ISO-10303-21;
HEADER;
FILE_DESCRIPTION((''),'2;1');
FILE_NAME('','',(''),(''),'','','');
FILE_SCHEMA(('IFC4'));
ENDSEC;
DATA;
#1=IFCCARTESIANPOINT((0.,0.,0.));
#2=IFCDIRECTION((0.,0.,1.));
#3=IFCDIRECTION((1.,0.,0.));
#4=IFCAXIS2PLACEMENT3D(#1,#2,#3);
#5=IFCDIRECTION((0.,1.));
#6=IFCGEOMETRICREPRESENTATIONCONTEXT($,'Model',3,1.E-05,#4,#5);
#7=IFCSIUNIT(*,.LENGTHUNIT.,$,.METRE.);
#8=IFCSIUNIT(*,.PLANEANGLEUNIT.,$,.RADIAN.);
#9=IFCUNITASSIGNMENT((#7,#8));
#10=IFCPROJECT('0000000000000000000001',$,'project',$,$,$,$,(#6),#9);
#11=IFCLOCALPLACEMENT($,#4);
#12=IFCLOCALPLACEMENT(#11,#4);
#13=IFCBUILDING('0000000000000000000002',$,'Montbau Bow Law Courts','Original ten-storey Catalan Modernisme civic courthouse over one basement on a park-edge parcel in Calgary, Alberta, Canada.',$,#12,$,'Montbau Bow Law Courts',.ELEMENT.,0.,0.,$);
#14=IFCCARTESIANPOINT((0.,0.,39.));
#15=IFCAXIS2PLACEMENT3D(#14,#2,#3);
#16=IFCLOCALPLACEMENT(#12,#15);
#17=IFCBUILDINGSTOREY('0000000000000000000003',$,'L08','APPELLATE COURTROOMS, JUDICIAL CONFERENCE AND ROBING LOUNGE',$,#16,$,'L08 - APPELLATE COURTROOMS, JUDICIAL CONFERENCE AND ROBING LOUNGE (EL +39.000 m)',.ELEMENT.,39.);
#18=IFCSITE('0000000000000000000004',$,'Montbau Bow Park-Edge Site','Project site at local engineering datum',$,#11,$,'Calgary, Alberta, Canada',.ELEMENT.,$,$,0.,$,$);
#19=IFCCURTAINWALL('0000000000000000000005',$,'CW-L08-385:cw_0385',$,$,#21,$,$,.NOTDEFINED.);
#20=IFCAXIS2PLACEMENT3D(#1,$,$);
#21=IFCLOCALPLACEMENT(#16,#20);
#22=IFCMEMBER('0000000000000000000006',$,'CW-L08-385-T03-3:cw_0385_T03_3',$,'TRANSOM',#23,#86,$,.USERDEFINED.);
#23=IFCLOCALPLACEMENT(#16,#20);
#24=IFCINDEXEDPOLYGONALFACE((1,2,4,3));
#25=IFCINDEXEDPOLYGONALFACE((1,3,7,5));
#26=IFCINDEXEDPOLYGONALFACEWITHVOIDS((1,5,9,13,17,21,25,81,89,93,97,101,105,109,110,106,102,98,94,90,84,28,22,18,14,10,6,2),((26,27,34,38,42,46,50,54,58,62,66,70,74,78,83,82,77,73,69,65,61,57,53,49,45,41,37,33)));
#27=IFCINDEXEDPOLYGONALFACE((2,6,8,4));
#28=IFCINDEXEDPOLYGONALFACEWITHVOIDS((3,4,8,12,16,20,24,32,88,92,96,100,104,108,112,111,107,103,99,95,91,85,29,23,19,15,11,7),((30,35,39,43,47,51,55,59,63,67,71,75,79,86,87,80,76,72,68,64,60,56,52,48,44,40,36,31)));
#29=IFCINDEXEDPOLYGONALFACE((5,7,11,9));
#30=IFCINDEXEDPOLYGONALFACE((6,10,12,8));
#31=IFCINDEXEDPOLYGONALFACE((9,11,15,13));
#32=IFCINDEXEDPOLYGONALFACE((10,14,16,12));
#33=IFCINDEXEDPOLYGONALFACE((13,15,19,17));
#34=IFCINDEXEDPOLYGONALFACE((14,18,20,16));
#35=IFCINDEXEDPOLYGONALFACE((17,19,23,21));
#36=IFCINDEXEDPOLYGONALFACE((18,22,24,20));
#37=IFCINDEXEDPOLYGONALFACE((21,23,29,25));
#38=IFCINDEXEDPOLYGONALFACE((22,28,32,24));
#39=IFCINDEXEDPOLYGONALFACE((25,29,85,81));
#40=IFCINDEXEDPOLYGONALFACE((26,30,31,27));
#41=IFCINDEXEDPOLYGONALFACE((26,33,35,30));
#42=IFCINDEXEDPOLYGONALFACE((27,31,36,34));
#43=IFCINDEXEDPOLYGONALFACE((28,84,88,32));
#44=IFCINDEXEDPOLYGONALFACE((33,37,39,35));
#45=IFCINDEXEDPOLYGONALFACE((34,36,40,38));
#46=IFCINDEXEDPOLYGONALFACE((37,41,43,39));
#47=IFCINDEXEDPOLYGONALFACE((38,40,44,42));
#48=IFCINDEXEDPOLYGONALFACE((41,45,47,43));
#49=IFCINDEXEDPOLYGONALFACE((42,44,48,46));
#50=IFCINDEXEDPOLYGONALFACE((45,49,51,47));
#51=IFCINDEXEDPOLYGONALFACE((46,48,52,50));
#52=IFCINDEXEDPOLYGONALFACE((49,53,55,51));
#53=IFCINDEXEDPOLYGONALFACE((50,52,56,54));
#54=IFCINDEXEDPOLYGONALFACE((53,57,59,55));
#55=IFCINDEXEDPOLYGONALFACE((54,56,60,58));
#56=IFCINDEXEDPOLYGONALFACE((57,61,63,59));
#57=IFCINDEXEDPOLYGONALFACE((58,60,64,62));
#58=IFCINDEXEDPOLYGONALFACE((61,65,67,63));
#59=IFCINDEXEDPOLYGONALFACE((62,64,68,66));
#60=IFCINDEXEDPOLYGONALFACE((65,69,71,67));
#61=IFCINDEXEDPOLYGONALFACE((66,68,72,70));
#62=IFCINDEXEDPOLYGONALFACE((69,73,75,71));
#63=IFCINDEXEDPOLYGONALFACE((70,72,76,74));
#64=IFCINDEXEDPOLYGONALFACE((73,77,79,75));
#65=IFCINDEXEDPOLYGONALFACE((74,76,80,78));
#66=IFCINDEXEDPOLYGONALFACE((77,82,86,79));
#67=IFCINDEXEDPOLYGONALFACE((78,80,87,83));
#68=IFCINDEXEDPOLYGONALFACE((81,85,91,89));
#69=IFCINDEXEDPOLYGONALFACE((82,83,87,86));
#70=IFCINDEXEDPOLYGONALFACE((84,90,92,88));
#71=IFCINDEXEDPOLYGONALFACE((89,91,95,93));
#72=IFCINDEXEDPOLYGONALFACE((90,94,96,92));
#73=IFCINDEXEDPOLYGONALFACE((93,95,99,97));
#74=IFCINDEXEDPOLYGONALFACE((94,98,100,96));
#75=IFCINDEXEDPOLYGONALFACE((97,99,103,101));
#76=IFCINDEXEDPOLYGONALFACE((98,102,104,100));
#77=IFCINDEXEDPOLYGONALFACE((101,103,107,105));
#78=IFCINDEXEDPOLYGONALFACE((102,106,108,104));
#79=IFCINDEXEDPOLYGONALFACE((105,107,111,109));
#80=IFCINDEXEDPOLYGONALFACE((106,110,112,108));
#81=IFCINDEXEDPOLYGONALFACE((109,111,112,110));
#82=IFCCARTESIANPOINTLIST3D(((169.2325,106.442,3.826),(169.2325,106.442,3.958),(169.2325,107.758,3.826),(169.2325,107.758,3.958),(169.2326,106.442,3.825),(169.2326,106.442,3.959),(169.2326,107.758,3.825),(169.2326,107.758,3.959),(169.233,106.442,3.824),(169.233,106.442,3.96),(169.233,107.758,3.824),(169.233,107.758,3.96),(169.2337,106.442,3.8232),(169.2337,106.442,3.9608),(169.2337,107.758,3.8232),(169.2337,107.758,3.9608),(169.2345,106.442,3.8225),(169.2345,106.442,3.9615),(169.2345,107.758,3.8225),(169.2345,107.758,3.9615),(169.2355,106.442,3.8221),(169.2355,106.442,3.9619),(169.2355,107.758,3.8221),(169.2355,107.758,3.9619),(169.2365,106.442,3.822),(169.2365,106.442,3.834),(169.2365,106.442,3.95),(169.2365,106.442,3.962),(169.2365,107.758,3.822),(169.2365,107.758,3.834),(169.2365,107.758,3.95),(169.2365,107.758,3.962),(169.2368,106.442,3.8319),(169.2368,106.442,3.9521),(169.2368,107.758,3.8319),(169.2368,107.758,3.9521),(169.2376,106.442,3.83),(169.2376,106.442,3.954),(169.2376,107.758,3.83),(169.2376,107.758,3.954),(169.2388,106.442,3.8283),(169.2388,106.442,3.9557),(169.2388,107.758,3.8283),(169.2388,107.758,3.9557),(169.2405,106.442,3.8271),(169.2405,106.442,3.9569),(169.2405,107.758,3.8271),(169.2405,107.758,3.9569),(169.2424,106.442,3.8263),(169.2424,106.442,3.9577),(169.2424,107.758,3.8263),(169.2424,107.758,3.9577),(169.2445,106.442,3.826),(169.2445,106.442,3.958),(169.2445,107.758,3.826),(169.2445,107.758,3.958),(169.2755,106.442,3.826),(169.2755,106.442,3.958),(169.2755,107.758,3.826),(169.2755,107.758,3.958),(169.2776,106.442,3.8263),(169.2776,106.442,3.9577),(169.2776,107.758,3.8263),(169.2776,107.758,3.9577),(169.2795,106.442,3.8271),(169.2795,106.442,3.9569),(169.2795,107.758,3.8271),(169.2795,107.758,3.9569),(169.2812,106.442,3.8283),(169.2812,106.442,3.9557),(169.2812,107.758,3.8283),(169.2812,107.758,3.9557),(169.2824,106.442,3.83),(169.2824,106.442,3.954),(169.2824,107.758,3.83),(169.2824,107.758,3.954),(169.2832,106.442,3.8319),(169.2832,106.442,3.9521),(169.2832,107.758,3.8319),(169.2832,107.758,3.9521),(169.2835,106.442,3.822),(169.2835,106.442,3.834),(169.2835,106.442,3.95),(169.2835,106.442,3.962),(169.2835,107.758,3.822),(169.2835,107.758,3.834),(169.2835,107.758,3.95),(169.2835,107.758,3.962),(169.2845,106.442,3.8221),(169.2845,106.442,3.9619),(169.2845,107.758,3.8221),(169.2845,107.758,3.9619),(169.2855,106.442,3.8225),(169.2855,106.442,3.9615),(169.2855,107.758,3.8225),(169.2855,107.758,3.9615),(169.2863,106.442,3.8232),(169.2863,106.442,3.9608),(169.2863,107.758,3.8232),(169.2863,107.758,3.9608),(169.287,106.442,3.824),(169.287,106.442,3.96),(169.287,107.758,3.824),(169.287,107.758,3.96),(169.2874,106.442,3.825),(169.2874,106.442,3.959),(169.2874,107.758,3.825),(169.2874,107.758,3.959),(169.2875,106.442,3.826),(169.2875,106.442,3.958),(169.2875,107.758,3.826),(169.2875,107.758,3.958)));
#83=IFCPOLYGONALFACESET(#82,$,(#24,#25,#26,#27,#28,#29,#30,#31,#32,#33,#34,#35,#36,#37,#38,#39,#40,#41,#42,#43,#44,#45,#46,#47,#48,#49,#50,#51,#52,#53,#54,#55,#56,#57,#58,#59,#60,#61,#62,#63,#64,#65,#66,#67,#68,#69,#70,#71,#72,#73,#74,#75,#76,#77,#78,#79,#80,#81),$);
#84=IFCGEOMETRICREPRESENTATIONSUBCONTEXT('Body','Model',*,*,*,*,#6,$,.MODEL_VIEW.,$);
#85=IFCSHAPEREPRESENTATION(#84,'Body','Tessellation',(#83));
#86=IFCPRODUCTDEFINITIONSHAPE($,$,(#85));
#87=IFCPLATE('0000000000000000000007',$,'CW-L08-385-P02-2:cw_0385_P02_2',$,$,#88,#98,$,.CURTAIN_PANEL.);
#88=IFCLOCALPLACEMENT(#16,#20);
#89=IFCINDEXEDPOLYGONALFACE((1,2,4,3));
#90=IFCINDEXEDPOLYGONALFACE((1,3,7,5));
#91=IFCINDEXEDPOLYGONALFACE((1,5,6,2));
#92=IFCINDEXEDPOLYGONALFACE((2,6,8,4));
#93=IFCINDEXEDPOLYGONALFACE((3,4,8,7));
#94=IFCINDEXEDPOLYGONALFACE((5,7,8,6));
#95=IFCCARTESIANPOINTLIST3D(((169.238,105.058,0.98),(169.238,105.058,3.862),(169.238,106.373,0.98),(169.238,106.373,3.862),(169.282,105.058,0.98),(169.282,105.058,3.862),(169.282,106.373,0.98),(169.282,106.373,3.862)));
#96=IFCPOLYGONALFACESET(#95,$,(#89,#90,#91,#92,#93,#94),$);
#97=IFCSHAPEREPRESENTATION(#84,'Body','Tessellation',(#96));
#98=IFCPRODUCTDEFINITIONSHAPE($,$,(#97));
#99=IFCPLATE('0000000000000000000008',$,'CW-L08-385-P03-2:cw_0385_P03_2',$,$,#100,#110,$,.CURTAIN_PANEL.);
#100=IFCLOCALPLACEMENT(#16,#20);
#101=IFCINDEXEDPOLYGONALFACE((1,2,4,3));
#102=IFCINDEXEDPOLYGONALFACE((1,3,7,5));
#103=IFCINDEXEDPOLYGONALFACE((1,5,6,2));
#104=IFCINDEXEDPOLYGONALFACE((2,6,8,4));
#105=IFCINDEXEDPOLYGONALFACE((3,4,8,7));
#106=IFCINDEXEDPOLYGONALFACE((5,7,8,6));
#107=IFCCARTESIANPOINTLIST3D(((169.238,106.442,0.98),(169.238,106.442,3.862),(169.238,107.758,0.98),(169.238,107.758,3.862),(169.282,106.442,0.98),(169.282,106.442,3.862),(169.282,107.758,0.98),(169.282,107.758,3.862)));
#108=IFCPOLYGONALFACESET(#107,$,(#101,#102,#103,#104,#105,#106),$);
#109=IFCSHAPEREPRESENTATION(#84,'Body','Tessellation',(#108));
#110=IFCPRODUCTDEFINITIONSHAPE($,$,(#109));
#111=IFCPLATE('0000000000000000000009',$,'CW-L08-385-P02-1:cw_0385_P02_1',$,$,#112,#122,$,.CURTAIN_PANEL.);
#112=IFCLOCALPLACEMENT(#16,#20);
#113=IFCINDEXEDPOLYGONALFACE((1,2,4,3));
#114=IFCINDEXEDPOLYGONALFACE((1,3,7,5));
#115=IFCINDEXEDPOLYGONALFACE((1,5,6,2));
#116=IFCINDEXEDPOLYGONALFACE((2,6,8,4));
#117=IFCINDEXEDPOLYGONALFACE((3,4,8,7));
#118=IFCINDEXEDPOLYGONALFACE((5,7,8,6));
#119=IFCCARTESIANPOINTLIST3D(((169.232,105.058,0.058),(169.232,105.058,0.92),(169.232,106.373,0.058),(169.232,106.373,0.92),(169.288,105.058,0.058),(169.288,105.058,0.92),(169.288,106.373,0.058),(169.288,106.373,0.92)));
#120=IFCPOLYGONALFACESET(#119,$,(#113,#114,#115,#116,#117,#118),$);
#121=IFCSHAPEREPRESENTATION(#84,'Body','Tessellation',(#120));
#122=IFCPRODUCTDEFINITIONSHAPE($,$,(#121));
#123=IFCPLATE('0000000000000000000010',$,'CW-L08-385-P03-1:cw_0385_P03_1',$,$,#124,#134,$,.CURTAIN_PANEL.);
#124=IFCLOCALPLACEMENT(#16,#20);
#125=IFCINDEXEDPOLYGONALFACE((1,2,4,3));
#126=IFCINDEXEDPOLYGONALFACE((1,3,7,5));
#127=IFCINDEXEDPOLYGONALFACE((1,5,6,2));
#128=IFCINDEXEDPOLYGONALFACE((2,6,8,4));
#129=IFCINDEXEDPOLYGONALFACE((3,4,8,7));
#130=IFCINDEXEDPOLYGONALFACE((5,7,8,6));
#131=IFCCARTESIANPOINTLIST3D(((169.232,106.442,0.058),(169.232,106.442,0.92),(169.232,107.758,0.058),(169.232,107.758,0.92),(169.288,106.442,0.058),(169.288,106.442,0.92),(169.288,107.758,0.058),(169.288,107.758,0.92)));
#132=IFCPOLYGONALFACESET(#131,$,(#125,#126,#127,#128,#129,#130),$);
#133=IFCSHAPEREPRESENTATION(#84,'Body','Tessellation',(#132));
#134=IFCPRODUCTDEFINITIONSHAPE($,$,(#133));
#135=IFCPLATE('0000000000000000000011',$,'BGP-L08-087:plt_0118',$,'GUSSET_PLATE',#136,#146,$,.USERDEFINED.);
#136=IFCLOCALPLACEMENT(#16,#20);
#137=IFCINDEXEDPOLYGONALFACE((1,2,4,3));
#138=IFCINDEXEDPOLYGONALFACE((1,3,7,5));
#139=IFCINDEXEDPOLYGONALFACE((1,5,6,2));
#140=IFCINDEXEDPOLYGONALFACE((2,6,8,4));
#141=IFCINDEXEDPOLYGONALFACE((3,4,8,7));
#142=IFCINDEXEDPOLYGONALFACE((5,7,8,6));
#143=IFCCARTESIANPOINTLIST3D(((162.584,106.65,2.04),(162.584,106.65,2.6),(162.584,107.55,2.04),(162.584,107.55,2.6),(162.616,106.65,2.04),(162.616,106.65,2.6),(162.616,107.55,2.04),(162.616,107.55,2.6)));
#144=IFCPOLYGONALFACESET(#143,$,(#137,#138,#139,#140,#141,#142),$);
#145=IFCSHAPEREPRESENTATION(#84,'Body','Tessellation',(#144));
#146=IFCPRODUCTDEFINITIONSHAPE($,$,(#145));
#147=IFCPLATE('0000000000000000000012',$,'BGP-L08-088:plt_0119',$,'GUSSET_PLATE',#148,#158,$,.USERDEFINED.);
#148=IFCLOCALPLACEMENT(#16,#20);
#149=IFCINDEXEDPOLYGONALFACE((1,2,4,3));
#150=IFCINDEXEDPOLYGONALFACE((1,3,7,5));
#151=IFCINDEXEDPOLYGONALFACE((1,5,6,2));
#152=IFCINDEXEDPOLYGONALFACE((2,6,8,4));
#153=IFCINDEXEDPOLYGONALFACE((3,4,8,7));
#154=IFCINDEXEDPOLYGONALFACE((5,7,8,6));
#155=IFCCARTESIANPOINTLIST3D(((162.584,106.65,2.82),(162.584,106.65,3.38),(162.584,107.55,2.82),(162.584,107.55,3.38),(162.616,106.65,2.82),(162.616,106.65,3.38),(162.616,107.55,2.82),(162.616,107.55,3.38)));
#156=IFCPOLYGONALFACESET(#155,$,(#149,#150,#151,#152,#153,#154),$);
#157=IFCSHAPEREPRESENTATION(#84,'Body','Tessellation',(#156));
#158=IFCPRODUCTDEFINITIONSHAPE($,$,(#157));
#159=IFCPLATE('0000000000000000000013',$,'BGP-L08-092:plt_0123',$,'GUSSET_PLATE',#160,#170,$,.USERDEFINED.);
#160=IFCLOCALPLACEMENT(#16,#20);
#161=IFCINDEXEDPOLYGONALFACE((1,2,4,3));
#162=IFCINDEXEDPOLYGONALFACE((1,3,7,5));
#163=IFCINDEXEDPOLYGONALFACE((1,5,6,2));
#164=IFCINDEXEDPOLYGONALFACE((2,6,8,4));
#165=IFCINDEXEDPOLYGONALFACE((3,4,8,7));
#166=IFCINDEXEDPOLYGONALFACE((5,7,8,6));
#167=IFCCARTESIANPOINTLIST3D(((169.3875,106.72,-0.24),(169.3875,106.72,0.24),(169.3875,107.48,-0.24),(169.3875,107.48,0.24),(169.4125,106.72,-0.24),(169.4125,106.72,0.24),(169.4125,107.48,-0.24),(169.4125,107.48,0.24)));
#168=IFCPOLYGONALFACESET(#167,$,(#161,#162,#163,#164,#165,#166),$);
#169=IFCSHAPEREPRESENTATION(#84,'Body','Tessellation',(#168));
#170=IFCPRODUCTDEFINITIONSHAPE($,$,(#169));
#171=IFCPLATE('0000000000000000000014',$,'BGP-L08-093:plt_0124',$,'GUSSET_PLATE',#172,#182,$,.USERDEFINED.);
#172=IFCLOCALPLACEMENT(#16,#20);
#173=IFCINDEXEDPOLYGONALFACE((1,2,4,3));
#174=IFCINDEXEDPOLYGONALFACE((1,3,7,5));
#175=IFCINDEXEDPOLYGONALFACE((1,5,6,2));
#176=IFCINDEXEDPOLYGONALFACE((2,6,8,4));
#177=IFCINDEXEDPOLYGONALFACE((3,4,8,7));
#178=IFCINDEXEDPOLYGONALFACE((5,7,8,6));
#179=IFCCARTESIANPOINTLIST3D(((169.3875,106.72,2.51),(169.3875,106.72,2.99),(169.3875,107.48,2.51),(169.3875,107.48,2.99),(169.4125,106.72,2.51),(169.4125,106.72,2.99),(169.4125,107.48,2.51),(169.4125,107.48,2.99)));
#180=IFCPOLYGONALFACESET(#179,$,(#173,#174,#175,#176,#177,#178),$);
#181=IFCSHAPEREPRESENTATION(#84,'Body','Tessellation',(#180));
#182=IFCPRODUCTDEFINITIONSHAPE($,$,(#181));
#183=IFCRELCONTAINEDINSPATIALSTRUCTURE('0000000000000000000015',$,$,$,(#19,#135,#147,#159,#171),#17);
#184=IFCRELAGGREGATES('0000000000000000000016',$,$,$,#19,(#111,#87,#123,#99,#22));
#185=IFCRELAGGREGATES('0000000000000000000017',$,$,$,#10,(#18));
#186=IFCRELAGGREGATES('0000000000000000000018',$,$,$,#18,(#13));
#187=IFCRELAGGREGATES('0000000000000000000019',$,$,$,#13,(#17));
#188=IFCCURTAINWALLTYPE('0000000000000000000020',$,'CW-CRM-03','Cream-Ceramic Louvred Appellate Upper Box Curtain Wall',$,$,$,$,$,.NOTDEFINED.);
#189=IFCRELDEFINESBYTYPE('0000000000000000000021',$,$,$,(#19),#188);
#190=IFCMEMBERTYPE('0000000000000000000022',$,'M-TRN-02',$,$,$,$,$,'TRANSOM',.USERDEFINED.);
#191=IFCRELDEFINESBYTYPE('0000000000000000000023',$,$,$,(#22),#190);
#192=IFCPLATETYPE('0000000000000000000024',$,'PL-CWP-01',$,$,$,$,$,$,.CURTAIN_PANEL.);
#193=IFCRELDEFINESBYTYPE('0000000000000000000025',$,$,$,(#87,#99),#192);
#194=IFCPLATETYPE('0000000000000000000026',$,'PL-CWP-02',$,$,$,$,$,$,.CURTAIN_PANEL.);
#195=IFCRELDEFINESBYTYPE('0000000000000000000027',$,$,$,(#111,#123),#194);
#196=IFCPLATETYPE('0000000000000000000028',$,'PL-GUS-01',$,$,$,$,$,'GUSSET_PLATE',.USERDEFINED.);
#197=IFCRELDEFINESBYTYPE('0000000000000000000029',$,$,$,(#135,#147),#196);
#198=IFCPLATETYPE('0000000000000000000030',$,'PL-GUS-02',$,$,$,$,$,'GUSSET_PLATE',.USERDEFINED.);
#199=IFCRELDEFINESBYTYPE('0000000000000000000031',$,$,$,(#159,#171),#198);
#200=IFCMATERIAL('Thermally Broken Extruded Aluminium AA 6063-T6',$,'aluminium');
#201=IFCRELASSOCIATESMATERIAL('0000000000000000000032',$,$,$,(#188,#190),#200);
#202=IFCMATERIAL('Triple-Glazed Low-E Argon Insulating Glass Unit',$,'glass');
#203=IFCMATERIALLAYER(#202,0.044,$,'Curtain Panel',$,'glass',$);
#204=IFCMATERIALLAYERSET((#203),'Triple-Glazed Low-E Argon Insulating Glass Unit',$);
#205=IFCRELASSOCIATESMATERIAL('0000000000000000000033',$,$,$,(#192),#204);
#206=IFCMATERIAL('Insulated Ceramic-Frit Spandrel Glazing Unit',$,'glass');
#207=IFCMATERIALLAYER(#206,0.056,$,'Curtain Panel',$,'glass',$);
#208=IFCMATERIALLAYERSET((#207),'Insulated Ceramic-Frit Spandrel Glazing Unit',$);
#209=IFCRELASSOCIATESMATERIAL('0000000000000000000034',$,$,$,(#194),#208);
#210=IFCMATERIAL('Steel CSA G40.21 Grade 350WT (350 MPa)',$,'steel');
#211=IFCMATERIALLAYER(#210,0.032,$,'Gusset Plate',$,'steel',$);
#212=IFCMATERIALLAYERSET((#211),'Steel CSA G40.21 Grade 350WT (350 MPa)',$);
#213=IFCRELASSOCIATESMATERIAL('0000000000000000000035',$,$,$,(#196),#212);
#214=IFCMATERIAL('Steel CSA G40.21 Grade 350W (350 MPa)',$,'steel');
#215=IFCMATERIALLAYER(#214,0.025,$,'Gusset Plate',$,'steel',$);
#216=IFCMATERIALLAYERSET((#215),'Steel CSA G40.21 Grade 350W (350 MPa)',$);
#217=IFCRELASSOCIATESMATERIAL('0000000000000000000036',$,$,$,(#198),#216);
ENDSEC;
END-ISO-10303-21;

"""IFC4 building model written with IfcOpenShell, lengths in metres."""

from ifc_helpers import new_model, si_unit, direction, frame, frame_2d, origin_with_axes, origin_2d_with_axis, place, context, subcontext, project, spatial, rectangle, hollow_rectangle, extrude, material, layer, layer_set, material_profile, profile_set, type_object, element, aggregate, save


model = new_model("IFC4")

# Units and contexts
model_context = context("Model", 3, precision=1e-05, world=origin_with_axes(), true_north=direction((0.0, 1.0)))
body_context = subcontext(model_context, "Body", "Model", "MODEL_VIEW")
ifc_project = project(units=[si_unit("LENGTHUNIT", "METRE"), si_unit("PLANEANGLEUNIT", "RADIAN")], contexts=[model_context])

# Site, building, storey
site_placement = place(None, origin_with_axes())
site = spatial("IfcSite", under=ifc_project, at=site_placement, Name="Montbau Bow Park-Edge Site", Description="Project site at local engineering datum", LongName="Calgary, Alberta, Canada", CompositionType="ELEMENT", RefElevation=0.0)
building_placement = place(site_placement, origin_with_axes())
building = spatial("IfcBuilding", under=site, at=building_placement, Name="Montbau Bow Law Courts", Description="Original ten-storey Catalan Modernisme civic courthouse over one basement on a park-edge parcel in Calgary, Alberta, Canada.", LongName="Montbau Bow Law Courts", CompositionType="ELEMENT", ElevationOfRefHeight=0.0, ElevationOfTerrain=0.0)
storey_placement = place(building_placement, frame((0.0, 0.0, 39.0), z_axis=(0.0, 0.0, 1.0), x_axis=(1.0, 0.0, 0.0)))
storey = spatial("IfcBuildingStorey", under=building, at=storey_placement, Name="L08", Description="APPELLATE COURTROOMS, JUDICIAL CONFERENCE AND ROBING LOUNGE", LongName="L08 - APPELLATE COURTROOMS, JUDICIAL CONFERENCE AND ROBING LOUNGE (EL +39.000 m)", CompositionType="ELEMENT", Elevation=39.0)

# Shared definitions
ifc_material_1 = material(Name="Steel CSA G40.21 Grade 350W (350 MPa)", Category="steel")

# Curtain wall
ifc_material_2 = material(Name="Thermally Broken Extruded Aluminium AA 6063-T6", Category="aluminium")
curtain_wall_type = type_object("IfcCurtainWallType", Name="CW-CRM-03", Description="Cream-Ceramic Louvred Appellate Upper Box Curtain Wall", PredefinedType="NOTDEFINED", material=ifc_material_2)
curtain_wall_placement = place(None, frame((169.26, 103.64, 39.0), z_axis=(0.0, 0.0, 1.0), x_axis=(1.0, 0.0, 0.0)))
curtain_wall = element("IfcCurtainWall", 1, at=curtain_wall_placement, inside=storey, type_object=curtain_wall_type, Name="CW-L08-385:cw_0385", PredefinedType="NOTDEFINED")

# Member
ifc_material_profile_1 = material_profile(ifc_material_2, hollow_rectangle(XDim=0.055, YDim=0.14, WallThickness=0.004, InnerFilletRadius=0.008, OuterFilletRadius=0.004, at=origin_2d_with_axis()), Name="CWT-140X55", Category="Main", Priority=0)
ifc_profile_set_1 = profile_set([ifc_material_profile_1], Name="Thermally Broken Extruded Aluminium AA 6063-T6")
member_type_1 = type_object("IfcMemberType", Name="M-TRN-02", ElementType="TRANSOM", PredefinedType="USERDEFINED", material=ifc_profile_set_1)
member_1_placement = place(None, frame((169.26, 106.442, 42.892), z_axis=(0.0, 1.0, 0.0), x_axis=(-1.0, 0.0, 0.0)))
member_1 = element("IfcMember", 2, at=member_1_placement, type_object=member_type_1, Name="CW-L08-385-T03-3:cw_0385_T03_3", ObjectType="TRANSOM", PredefinedType="USERDEFINED", context=body_context, shape_type="SweptSolid", body=[
    extrude(hollow_rectangle(XDim=0.055, YDim=0.14, WallThickness=0.004, InnerFilletRadius=0.008, OuterFilletRadius=0.004, at=origin_2d_with_axis()), origin_with_axes(), (0.0, 0.0, 1.0), 1.316),
])

# Plates
ifc_material_3 = material(Name="Triple-Glazed Low-E Argon Insulating Glass Unit", Category="glass")
ifc_layer_1 = layer(ifc_material_3, 0.044, Name="Curtain Panel", Category="glass")
ifc_layer_set_1 = layer_set([ifc_layer_1], Name="Triple-Glazed Low-E Argon Insulating Glass Unit")
plate_type_1 = type_object("IfcPlateType", Name="PL-CWP-01", PredefinedType="CURTAIN_PANEL", material=ifc_layer_set_1)
plate_1_placement = place(None, frame((169.26, 105.058, 39.98), z_axis=(1.0, 0.0, 0.0), x_axis=(0.0, 1.0, 0.0)))
plate_1 = element("IfcPlate", 3, at=plate_1_placement, type_object=plate_type_1, Name="CW-L08-385-P02-2:cw_0385_P02_2", PredefinedType="CURTAIN_PANEL", context=body_context, shape_type="SweptSolid", body=[
    extrude(rectangle(XDim=1.315, YDim=2.882, at=frame_2d((0.6575, 1.441), x_axis=(1.0, 0.0))), frame((0.0, 0.0, -0.022), z_axis=(0.0, 0.0, 1.0), x_axis=(1.0, 0.0, 0.0)), (0.0, 0.0, 1.0), 0.044),
])
plate_2_placement = place(None, frame((169.26, 106.442, 39.98), z_axis=(1.0, 0.0, 0.0), x_axis=(0.0, 1.0, 0.0)))
plate_2 = element("IfcPlate", 4, at=plate_2_placement, type_object=plate_type_1, Name="CW-L08-385-P03-2:cw_0385_P03_2", PredefinedType="CURTAIN_PANEL", context=body_context, shape_type="SweptSolid", body=[
    extrude(rectangle(XDim=1.316, YDim=2.882, at=frame_2d((0.658, 1.441), x_axis=(1.0, 0.0))), frame((0.0, 0.0, -0.022), z_axis=(0.0, 0.0, 1.0), x_axis=(1.0, 0.0, 0.0)), (0.0, 0.0, 1.0), 0.044),
])
ifc_material_4 = material(Name="Insulated Ceramic-Frit Spandrel Glazing Unit", Category="glass")
ifc_layer_2 = layer(ifc_material_4, 0.056, Name="Curtain Panel", Category="glass")
ifc_layer_set_2 = layer_set([ifc_layer_2], Name="Insulated Ceramic-Frit Spandrel Glazing Unit")
plate_type_2 = type_object("IfcPlateType", Name="PL-CWP-02", PredefinedType="CURTAIN_PANEL", material=ifc_layer_set_2)
plate_3_placement = place(None, frame((169.26, 105.058, 39.058), z_axis=(1.0, 0.0, 0.0), x_axis=(0.0, 1.0, 0.0)))
plate_3 = element("IfcPlate", 5, at=plate_3_placement, type_object=plate_type_2, Name="CW-L08-385-P02-1:cw_0385_P02_1", PredefinedType="CURTAIN_PANEL", context=body_context, shape_type="SweptSolid", body=[
    extrude(rectangle(XDim=1.315, YDim=0.862, at=frame_2d((0.6575, 0.431), x_axis=(1.0, 0.0))), frame((0.0, 0.0, -0.028), z_axis=(0.0, 0.0, 1.0), x_axis=(1.0, 0.0, 0.0)), (0.0, 0.0, 1.0), 0.056),
])
plate_4_placement = place(None, frame((169.26, 106.442, 39.058), z_axis=(1.0, 0.0, 0.0), x_axis=(0.0, 1.0, 0.0)))
plate_4 = element("IfcPlate", 6, at=plate_4_placement, type_object=plate_type_2, Name="CW-L08-385-P03-1:cw_0385_P03_1", PredefinedType="CURTAIN_PANEL", context=body_context, shape_type="SweptSolid", body=[
    extrude(rectangle(XDim=1.316, YDim=0.862, at=frame_2d((0.658, 0.431), x_axis=(1.0, 0.0))), frame((0.0, 0.0, -0.028), z_axis=(0.0, 0.0, 1.0), x_axis=(1.0, 0.0, 0.0)), (0.0, 0.0, 1.0), 0.056),
])
aggregate(curtain_wall, [plate_3, plate_1, plate_4, plate_2, member_1])

# Plates
ifc_material_5 = material(Name="Steel CSA G40.21 Grade 350WT (350 MPa)", Category="steel")
ifc_layer_3 = layer(ifc_material_5, 0.032, Name="Gusset Plate", Category="steel")
ifc_layer_set_3 = layer_set([ifc_layer_3], Name="Steel CSA G40.21 Grade 350WT (350 MPa)")
plate_type_3 = type_object("IfcPlateType", Name="PL-GUS-01", ElementType="GUSSET_PLATE", PredefinedType="USERDEFINED", material=ifc_layer_set_3)
for number, where, z_axis, x_axis, name in (
    (7, (162.6, 107.1, 41.04), (0.0, 0.0, 1.0), (0.0, 1.0, 0.0), "BGP-L08-087:plt_0118"),
    (8, (162.6, 107.1, 41.82), (0.0, 0.0, 1.0), (0.0, 1.0, 0.0), "BGP-L08-088:plt_0119"),
):
    element("IfcPlate", number, at=place(None, frame(where, z_axis=z_axis, x_axis=x_axis)), inside=storey, type_object=plate_type_3, Name=name, ObjectType="GUSSET_PLATE", PredefinedType="USERDEFINED", context=body_context, shape_type="SweptSolid", body=[
        extrude(rectangle(XDim=0.9, YDim=0.032, at=origin_2d_with_axis()), origin_with_axes(), (0.0, 0.0, 1.0), 0.56),
    ])
ifc_layer_4 = layer(ifc_material_1, 0.025, Name="Gusset Plate", Category="steel")
ifc_layer_set_4 = layer_set([ifc_layer_4], Name="Steel CSA G40.21 Grade 350W (350 MPa)")
plate_type_4 = type_object("IfcPlateType", Name="PL-GUS-02", ElementType="GUSSET_PLATE", PredefinedType="USERDEFINED", material=ifc_layer_set_4)
for number, where, z_axis, x_axis, name in (
    (9, (169.4, 107.1, 38.76), (0.0, 0.0, 1.0), (0.0, 1.0, 0.0), "BGP-L08-092:plt_0123"),
    (10, (169.4, 107.1, 41.51), (0.0, 0.0, 1.0), (0.0, 1.0, 0.0), "BGP-L08-093:plt_0124"),
):
    element("IfcPlate", number, at=place(None, frame(where, z_axis=z_axis, x_axis=x_axis)), inside=storey, type_object=plate_type_4, Name=name, ObjectType="GUSSET_PLATE", PredefinedType="USERDEFINED", context=body_context, shape_type="SweptSolid", body=[
        extrude(rectangle(XDim=0.76, YDim=0.025, at=origin_2d_with_axis()), origin_with_axes(), (0.0, 0.0, 1.0), 0.48),
    ])

save(model, "model.ifc")
